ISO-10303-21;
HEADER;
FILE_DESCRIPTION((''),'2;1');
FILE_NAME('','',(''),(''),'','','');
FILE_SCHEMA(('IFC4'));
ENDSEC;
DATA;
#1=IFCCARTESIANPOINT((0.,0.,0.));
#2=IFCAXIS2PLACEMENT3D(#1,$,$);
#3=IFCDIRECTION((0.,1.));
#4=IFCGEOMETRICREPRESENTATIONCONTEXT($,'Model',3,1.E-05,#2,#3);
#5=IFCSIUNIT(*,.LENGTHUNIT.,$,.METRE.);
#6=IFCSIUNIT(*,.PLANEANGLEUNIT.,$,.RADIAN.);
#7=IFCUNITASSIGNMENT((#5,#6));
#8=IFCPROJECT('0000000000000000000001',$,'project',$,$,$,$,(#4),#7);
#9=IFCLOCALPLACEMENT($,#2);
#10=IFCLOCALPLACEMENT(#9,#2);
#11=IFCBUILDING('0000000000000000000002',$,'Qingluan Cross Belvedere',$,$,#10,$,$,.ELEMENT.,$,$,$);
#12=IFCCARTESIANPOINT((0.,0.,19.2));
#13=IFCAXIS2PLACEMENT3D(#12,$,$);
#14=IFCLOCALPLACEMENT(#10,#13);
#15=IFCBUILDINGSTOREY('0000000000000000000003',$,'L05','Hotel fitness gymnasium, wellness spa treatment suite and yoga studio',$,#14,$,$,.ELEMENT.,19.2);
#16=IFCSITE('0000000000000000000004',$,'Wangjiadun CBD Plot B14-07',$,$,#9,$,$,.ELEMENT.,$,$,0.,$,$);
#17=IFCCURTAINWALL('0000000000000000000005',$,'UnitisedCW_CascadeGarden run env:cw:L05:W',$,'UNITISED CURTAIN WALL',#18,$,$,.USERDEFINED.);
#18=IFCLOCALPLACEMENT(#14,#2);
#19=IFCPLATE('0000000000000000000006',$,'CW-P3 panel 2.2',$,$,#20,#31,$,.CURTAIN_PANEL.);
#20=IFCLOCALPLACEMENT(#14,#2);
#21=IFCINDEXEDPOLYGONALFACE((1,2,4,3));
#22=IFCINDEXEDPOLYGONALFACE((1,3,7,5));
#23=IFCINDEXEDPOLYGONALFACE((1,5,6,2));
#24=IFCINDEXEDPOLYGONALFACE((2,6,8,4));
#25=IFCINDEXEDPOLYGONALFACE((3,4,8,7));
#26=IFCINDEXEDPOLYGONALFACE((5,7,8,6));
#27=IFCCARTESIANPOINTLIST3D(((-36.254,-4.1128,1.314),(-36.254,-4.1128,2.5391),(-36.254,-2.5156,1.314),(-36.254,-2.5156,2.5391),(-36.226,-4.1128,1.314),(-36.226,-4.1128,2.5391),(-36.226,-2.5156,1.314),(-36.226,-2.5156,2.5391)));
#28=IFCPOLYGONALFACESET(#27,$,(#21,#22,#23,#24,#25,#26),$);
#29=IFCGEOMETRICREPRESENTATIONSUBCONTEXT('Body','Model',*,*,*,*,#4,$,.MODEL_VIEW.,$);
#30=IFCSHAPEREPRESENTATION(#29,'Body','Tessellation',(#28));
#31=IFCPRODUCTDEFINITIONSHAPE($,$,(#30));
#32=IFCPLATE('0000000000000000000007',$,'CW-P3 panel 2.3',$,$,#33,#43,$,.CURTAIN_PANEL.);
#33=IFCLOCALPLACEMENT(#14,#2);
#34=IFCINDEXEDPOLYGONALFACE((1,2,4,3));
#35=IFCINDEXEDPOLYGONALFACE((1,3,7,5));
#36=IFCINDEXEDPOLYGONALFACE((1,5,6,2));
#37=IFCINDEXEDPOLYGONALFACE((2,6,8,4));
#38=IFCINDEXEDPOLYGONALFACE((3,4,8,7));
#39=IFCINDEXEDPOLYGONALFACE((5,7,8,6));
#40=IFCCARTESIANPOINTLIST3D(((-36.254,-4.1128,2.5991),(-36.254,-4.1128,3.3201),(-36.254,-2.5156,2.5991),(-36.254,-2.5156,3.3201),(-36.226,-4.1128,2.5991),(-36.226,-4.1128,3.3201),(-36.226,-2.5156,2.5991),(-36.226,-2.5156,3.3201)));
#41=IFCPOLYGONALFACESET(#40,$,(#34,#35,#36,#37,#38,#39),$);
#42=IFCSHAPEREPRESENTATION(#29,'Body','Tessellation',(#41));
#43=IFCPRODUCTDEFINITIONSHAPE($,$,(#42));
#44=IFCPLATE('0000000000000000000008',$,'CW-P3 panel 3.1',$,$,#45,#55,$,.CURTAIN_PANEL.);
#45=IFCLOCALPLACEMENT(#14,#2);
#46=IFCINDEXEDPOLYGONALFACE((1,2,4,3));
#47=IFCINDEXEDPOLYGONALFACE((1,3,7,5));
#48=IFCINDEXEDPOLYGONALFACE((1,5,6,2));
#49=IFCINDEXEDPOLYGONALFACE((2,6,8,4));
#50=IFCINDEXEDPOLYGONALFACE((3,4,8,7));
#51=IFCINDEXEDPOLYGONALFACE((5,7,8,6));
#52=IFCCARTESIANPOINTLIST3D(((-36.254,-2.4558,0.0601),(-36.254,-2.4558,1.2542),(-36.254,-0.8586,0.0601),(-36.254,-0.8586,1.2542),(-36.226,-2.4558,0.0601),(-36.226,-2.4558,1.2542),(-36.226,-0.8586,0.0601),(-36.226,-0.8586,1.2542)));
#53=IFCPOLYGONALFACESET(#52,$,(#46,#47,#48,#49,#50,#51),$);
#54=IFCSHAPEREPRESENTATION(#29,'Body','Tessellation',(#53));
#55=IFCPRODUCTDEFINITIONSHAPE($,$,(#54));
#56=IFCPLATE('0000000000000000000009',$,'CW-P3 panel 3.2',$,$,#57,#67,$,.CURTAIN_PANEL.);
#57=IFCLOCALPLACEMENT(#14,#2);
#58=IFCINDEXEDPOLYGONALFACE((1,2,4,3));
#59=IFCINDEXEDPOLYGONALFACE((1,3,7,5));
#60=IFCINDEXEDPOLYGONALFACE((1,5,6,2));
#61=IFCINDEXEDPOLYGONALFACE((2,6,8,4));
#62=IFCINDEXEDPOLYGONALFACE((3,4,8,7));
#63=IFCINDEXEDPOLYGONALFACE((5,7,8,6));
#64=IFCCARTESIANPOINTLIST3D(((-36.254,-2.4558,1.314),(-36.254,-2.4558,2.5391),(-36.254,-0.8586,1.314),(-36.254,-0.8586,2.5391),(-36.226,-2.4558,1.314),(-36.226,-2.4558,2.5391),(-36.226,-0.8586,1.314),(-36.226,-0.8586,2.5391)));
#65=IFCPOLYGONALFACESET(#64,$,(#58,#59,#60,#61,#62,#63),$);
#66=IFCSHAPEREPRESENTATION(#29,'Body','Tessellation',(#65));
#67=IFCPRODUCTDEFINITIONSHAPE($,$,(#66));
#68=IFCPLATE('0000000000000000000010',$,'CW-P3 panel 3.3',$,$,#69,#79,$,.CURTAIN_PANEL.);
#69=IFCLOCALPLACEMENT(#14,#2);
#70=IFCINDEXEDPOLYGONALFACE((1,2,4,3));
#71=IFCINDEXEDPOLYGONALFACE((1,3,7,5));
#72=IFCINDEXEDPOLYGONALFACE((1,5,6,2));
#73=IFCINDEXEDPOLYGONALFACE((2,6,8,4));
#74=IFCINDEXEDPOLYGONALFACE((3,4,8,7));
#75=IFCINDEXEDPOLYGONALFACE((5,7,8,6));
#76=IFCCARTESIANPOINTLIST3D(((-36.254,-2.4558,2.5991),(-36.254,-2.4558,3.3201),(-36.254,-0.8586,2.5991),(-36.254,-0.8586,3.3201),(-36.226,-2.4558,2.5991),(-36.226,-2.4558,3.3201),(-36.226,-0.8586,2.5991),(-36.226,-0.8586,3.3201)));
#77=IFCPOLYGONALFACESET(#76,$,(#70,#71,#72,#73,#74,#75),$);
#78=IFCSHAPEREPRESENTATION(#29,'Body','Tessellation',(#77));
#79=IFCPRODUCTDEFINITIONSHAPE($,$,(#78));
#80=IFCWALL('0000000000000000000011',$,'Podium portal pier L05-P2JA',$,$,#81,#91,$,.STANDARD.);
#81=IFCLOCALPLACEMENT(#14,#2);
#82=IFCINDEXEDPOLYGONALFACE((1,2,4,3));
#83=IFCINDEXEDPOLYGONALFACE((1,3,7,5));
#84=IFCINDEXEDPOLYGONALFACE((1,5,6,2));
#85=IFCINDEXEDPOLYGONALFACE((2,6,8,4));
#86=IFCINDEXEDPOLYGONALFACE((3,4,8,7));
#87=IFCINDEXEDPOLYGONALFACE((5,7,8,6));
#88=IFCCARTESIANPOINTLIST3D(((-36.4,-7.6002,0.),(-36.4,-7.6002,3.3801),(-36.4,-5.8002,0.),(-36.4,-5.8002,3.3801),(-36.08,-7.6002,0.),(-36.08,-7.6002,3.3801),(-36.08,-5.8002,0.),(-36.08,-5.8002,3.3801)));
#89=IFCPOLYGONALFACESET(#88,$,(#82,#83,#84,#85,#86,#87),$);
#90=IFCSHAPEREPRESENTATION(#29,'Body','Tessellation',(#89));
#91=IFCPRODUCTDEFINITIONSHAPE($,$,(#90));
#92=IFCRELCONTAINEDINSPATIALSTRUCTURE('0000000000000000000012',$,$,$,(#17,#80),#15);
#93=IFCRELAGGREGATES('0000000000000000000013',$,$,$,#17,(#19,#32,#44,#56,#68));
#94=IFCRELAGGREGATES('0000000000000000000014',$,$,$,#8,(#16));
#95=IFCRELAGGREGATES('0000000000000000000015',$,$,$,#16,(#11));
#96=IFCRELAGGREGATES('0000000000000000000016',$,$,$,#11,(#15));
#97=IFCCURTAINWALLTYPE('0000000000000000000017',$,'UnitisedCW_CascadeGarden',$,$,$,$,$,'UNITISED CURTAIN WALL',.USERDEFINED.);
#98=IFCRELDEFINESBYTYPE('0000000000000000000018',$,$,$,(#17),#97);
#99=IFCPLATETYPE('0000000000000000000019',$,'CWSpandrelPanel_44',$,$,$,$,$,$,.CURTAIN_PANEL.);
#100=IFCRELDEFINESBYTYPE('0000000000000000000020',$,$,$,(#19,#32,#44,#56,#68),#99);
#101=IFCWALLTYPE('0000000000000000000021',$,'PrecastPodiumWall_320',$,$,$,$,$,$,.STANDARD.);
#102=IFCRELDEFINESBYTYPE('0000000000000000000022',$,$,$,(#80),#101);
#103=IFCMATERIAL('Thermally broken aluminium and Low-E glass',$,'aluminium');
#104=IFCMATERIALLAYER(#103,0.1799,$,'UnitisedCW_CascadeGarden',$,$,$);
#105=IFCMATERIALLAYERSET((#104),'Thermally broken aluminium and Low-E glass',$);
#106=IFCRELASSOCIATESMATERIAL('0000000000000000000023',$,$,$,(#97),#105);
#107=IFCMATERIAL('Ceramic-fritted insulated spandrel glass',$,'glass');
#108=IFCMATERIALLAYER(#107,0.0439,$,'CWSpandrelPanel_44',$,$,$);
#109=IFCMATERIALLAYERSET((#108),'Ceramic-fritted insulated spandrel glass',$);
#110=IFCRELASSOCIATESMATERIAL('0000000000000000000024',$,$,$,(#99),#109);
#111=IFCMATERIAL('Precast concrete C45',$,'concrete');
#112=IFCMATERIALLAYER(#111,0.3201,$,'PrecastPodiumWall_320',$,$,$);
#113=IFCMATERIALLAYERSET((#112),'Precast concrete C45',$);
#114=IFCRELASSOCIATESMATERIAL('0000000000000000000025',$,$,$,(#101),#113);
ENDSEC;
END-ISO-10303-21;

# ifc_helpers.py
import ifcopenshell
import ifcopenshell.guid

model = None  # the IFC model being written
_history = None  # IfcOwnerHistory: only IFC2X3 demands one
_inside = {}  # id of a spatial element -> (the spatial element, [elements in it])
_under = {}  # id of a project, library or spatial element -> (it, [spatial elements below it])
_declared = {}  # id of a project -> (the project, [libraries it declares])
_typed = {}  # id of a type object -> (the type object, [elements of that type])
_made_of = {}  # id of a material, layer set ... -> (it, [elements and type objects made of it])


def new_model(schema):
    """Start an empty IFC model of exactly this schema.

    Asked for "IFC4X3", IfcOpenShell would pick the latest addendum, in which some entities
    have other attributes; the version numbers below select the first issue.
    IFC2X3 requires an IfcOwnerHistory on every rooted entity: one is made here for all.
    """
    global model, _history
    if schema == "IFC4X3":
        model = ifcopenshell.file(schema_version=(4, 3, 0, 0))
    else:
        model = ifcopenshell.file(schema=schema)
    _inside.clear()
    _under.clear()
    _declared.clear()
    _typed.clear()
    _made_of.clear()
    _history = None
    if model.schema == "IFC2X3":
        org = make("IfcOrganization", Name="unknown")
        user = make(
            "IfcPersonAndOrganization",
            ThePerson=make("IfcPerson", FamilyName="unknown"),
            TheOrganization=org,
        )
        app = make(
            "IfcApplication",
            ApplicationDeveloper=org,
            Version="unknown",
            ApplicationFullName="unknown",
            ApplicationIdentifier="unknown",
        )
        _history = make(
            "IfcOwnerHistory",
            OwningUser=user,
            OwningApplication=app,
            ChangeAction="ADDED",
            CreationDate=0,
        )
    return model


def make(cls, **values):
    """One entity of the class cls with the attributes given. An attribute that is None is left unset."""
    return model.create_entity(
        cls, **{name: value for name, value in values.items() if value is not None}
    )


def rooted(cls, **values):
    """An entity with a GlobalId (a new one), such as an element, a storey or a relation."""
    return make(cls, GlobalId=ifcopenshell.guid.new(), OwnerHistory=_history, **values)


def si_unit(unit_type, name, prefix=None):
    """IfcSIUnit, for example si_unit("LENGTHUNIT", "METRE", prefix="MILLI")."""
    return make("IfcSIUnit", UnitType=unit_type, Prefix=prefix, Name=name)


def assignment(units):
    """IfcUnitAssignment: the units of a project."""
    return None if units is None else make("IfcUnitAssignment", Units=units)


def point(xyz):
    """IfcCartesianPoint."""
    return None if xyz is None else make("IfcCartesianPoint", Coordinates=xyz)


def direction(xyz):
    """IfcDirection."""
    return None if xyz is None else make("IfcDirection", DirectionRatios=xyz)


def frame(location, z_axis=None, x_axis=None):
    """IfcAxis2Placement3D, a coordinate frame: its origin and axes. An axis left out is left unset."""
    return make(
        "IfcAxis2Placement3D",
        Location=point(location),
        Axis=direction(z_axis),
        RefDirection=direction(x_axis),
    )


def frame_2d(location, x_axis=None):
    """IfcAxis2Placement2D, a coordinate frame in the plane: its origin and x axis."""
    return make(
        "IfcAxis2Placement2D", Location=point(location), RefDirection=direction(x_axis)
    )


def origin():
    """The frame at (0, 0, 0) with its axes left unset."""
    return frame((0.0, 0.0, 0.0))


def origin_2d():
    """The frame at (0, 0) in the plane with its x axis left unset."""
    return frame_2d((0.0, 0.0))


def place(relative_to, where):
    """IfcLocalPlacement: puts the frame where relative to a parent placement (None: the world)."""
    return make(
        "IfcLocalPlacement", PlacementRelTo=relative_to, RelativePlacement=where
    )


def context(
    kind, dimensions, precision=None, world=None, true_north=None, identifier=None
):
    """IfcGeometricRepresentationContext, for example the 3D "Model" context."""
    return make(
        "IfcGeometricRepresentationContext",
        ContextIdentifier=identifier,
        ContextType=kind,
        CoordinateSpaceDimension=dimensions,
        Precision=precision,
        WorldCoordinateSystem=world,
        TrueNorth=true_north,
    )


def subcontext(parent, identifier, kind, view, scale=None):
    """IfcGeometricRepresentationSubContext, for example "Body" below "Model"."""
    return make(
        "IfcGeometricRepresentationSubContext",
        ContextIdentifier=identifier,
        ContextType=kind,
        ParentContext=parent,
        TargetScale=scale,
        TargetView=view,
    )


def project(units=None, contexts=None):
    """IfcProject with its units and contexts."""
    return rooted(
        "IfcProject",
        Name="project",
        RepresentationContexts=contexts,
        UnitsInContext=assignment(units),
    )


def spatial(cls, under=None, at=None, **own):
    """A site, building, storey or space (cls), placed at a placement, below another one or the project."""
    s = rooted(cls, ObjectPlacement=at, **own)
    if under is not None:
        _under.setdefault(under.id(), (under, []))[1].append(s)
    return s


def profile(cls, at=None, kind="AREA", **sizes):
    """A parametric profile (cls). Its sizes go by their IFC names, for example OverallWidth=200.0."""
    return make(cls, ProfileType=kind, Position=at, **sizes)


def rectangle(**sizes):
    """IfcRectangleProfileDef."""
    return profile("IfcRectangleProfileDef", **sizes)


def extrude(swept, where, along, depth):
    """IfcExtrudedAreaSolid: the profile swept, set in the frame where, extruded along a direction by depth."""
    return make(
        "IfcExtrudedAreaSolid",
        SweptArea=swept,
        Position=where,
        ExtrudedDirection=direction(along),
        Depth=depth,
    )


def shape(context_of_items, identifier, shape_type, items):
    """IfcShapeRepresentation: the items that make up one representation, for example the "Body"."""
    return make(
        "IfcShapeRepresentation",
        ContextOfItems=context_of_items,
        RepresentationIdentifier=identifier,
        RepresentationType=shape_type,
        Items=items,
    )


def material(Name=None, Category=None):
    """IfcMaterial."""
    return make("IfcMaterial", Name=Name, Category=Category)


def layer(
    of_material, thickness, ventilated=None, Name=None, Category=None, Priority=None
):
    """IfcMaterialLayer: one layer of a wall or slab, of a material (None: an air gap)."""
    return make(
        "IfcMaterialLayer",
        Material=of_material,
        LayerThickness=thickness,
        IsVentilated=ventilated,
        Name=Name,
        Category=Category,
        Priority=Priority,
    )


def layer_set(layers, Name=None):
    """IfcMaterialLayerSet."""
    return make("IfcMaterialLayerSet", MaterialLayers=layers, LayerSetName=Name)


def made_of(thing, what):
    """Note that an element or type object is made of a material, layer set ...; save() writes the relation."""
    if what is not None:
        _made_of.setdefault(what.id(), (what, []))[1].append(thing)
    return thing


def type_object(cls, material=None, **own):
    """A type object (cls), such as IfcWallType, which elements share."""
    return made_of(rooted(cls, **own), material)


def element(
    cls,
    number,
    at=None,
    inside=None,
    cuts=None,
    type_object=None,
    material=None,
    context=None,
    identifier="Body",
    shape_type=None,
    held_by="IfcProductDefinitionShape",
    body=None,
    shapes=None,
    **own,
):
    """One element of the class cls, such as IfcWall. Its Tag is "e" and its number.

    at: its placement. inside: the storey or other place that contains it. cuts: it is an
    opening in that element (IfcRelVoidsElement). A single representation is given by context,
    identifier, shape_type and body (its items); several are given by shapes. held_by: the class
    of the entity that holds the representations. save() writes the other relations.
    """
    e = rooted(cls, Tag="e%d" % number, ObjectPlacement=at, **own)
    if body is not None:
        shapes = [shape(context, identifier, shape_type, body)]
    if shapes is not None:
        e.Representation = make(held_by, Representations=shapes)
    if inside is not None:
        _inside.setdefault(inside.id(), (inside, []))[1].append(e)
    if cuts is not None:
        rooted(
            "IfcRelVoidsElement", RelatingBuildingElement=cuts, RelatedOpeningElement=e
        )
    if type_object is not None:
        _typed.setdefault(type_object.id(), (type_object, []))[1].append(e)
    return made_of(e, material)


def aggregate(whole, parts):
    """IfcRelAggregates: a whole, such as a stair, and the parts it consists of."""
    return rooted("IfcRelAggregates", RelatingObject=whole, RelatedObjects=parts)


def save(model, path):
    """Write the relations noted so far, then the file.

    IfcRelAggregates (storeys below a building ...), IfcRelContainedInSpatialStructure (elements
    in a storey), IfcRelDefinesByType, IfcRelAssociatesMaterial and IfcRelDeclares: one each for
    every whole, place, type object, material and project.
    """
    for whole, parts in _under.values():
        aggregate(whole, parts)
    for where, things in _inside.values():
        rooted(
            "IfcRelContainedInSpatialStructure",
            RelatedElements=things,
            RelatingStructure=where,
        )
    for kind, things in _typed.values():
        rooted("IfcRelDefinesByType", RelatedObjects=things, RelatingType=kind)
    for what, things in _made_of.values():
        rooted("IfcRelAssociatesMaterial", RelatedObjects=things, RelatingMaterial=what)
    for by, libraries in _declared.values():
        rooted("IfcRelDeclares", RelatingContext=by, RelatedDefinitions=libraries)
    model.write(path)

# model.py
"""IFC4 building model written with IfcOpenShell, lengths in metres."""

from ifc_helpers import new_model, si_unit, direction, frame, frame_2d, origin, origin_2d, place, context, subcontext, project, spatial, rectangle, extrude, material, layer, layer_set, type_object, element, aggregate, save


model = new_model("IFC4")

# Units and contexts
model_context = context("Model", 3, precision=1e-05, world=origin(), true_north=direction((0.0, 1.0)))
body_context = subcontext(model_context, "Body", "Model", "MODEL_VIEW")
ifc_project = project(units=[si_unit("LENGTHUNIT", "METRE"), si_unit("PLANEANGLEUNIT", "RADIAN")], contexts=[model_context])

# Site, building, storey
site_placement = place(None, origin())
site = spatial("IfcSite", under=ifc_project, at=site_placement, Name="Wangjiadun CBD Plot B14-07", CompositionType="ELEMENT", RefElevation=0.0)
building_placement = place(site_placement, origin())
building = spatial("IfcBuilding", under=site, at=building_placement, Name="Qingluan Cross Belvedere", CompositionType="ELEMENT")
storey_placement = place(building_placement, frame((0.0, 0.0, 19.2)))
storey = spatial("IfcBuildingStorey", under=building, at=storey_placement, Name="L05", Description="Hotel fitness gymnasium, wellness spa treatment suite and yoga studio", CompositionType="ELEMENT", Elevation=19.2)

# Curtain wall, plates
ifc_material_1 = material(Name="Thermally broken aluminium and Low-E glass", Category="aluminium")
ifc_layer_1 = layer(ifc_material_1, 0.1799, Name="UnitisedCW_CascadeGarden")
ifc_layer_set_1 = layer_set([ifc_layer_1], Name="Thermally broken aluminium and Low-E glass")
curtain_wall_type = type_object("IfcCurtainWallType", Name="UnitisedCW_CascadeGarden", ElementType="UNITISED CURTAIN WALL", PredefinedType="USERDEFINED", material=ifc_layer_set_1)
curtain_wall_placement = place(storey_placement, origin())
curtain_wall = element("IfcCurtainWall", 1, at=curtain_wall_placement, inside=storey, type_object=curtain_wall_type, Name="UnitisedCW_CascadeGarden run env:cw:L05:W", ObjectType="UNITISED CURTAIN WALL", PredefinedType="USERDEFINED")
ifc_material_2 = material(Name="Ceramic-fritted insulated spandrel glass", Category="glass")
ifc_layer_2 = layer(ifc_material_2, 0.0439, Name="CWSpandrelPanel_44")
ifc_layer_set_2 = layer_set([ifc_layer_2], Name="Ceramic-fritted insulated spandrel glass")
plate_type = type_object("IfcPlateType", Name="CWSpandrelPanel_44", PredefinedType="CURTAIN_PANEL", material=ifc_layer_set_2)
plate_1_placement = place(storey_placement, frame((-36.24, -3.3142, 1.314), z_axis=(0.0, 0.0, 1.0), x_axis=(0.0, 1.0, 0.0)))
plate_1 = element("IfcPlate", 2, at=plate_1_placement, type_object=plate_type, Name="CW-P3 panel 2.2", PredefinedType="CURTAIN_PANEL", context=body_context, shape_type="SweptSolid", body=[
    extrude(rectangle(XDim=1.5972, YDim=0.0281, at=origin_2d()), origin(), (0.0, 0.0, 1.0), 1.2251),
])
plate_2_placement = place(storey_placement, frame((-36.24, -3.3142, 2.5991), z_axis=(0.0, 0.0, 1.0), x_axis=(0.0, 1.0, 0.0)))
plate_2 = element("IfcPlate", 3, at=plate_2_placement, type_object=plate_type, Name="CW-P3 panel 2.3", PredefinedType="CURTAIN_PANEL", context=body_context, shape_type="SweptSolid", body=[
    extrude(rectangle(XDim=1.5972, YDim=0.0281, at=origin_2d()), origin(), (0.0, 0.0, 1.0), 0.7209),
])
plate_3_placement = place(storey_placement, frame((-36.24, -1.6572, 0.0601), z_axis=(0.0, 0.0, 1.0), x_axis=(0.0, 1.0, 0.0)))
plate_3 = element("IfcPlate", 4, at=plate_3_placement, type_object=plate_type, Name="CW-P3 panel 3.1", PredefinedType="CURTAIN_PANEL", context=body_context, shape_type="SweptSolid", body=[
    extrude(rectangle(XDim=1.5972, YDim=0.0281, at=origin_2d()), origin(), (0.0, 0.0, 1.0), 1.1941),
])
plate_4_placement = place(storey_placement, frame((-36.24, -1.6572, 1.314), z_axis=(0.0, 0.0, 1.0), x_axis=(0.0, 1.0, 0.0)))
plate_4 = element("IfcPlate", 5, at=plate_4_placement, type_object=plate_type, Name="CW-P3 panel 3.2", PredefinedType="CURTAIN_PANEL", context=body_context, shape_type="SweptSolid", body=[
    extrude(rectangle(XDim=1.5972, YDim=0.0281, at=origin_2d()), origin(), (0.0, 0.0, 1.0), 1.2251),
])
plate_5_placement = place(storey_placement, frame((-36.24, -1.6572, 2.5991), z_axis=(0.0, 0.0, 1.0), x_axis=(0.0, 1.0, 0.0)))
plate_5 = element("IfcPlate", 6, at=plate_5_placement, type_object=plate_type, Name="CW-P3 panel 3.3", PredefinedType="CURTAIN_PANEL", context=body_context, shape_type="SweptSolid", body=[
    extrude(rectangle(XDim=1.5972, YDim=0.0281, at=origin_2d()), origin(), (0.0, 0.0, 1.0), 0.7209),
])
aggregate(curtain_wall, [plate_1, plate_2, plate_3, plate_4, plate_5])

# Wall
ifc_material_3 = material(Name="Precast concrete C45", Category="concrete")
ifc_layer_3 = layer(ifc_material_3, 0.3201, Name="PrecastPodiumWall_320")
ifc_layer_set_3 = layer_set([ifc_layer_3], Name="Precast concrete C45")
wall_type = type_object("IfcWallType", Name="PrecastPodiumWall_320", PredefinedType="STANDARD", material=ifc_layer_set_3)
wall_placement = place(storey_placement, frame((-36.24, -7.6001, 0.0), z_axis=(0.0, 0.0, 1.0), x_axis=(0.0, 1.0, 0.0)))
element("IfcWall", 7, at=wall_placement, inside=storey, type_object=wall_type, Name="Podium portal pier L05-P2JA", PredefinedType="STANDARD", context=body_context, shape_type="SweptSolid", body=[
    extrude(rectangle(XDim=1.8, YDim=0.3201, at=frame_2d((0.8999, 0.0))), origin(), (0.0, 0.0, 1.0), 3.3801),
])

save(model, "model.ifc")
